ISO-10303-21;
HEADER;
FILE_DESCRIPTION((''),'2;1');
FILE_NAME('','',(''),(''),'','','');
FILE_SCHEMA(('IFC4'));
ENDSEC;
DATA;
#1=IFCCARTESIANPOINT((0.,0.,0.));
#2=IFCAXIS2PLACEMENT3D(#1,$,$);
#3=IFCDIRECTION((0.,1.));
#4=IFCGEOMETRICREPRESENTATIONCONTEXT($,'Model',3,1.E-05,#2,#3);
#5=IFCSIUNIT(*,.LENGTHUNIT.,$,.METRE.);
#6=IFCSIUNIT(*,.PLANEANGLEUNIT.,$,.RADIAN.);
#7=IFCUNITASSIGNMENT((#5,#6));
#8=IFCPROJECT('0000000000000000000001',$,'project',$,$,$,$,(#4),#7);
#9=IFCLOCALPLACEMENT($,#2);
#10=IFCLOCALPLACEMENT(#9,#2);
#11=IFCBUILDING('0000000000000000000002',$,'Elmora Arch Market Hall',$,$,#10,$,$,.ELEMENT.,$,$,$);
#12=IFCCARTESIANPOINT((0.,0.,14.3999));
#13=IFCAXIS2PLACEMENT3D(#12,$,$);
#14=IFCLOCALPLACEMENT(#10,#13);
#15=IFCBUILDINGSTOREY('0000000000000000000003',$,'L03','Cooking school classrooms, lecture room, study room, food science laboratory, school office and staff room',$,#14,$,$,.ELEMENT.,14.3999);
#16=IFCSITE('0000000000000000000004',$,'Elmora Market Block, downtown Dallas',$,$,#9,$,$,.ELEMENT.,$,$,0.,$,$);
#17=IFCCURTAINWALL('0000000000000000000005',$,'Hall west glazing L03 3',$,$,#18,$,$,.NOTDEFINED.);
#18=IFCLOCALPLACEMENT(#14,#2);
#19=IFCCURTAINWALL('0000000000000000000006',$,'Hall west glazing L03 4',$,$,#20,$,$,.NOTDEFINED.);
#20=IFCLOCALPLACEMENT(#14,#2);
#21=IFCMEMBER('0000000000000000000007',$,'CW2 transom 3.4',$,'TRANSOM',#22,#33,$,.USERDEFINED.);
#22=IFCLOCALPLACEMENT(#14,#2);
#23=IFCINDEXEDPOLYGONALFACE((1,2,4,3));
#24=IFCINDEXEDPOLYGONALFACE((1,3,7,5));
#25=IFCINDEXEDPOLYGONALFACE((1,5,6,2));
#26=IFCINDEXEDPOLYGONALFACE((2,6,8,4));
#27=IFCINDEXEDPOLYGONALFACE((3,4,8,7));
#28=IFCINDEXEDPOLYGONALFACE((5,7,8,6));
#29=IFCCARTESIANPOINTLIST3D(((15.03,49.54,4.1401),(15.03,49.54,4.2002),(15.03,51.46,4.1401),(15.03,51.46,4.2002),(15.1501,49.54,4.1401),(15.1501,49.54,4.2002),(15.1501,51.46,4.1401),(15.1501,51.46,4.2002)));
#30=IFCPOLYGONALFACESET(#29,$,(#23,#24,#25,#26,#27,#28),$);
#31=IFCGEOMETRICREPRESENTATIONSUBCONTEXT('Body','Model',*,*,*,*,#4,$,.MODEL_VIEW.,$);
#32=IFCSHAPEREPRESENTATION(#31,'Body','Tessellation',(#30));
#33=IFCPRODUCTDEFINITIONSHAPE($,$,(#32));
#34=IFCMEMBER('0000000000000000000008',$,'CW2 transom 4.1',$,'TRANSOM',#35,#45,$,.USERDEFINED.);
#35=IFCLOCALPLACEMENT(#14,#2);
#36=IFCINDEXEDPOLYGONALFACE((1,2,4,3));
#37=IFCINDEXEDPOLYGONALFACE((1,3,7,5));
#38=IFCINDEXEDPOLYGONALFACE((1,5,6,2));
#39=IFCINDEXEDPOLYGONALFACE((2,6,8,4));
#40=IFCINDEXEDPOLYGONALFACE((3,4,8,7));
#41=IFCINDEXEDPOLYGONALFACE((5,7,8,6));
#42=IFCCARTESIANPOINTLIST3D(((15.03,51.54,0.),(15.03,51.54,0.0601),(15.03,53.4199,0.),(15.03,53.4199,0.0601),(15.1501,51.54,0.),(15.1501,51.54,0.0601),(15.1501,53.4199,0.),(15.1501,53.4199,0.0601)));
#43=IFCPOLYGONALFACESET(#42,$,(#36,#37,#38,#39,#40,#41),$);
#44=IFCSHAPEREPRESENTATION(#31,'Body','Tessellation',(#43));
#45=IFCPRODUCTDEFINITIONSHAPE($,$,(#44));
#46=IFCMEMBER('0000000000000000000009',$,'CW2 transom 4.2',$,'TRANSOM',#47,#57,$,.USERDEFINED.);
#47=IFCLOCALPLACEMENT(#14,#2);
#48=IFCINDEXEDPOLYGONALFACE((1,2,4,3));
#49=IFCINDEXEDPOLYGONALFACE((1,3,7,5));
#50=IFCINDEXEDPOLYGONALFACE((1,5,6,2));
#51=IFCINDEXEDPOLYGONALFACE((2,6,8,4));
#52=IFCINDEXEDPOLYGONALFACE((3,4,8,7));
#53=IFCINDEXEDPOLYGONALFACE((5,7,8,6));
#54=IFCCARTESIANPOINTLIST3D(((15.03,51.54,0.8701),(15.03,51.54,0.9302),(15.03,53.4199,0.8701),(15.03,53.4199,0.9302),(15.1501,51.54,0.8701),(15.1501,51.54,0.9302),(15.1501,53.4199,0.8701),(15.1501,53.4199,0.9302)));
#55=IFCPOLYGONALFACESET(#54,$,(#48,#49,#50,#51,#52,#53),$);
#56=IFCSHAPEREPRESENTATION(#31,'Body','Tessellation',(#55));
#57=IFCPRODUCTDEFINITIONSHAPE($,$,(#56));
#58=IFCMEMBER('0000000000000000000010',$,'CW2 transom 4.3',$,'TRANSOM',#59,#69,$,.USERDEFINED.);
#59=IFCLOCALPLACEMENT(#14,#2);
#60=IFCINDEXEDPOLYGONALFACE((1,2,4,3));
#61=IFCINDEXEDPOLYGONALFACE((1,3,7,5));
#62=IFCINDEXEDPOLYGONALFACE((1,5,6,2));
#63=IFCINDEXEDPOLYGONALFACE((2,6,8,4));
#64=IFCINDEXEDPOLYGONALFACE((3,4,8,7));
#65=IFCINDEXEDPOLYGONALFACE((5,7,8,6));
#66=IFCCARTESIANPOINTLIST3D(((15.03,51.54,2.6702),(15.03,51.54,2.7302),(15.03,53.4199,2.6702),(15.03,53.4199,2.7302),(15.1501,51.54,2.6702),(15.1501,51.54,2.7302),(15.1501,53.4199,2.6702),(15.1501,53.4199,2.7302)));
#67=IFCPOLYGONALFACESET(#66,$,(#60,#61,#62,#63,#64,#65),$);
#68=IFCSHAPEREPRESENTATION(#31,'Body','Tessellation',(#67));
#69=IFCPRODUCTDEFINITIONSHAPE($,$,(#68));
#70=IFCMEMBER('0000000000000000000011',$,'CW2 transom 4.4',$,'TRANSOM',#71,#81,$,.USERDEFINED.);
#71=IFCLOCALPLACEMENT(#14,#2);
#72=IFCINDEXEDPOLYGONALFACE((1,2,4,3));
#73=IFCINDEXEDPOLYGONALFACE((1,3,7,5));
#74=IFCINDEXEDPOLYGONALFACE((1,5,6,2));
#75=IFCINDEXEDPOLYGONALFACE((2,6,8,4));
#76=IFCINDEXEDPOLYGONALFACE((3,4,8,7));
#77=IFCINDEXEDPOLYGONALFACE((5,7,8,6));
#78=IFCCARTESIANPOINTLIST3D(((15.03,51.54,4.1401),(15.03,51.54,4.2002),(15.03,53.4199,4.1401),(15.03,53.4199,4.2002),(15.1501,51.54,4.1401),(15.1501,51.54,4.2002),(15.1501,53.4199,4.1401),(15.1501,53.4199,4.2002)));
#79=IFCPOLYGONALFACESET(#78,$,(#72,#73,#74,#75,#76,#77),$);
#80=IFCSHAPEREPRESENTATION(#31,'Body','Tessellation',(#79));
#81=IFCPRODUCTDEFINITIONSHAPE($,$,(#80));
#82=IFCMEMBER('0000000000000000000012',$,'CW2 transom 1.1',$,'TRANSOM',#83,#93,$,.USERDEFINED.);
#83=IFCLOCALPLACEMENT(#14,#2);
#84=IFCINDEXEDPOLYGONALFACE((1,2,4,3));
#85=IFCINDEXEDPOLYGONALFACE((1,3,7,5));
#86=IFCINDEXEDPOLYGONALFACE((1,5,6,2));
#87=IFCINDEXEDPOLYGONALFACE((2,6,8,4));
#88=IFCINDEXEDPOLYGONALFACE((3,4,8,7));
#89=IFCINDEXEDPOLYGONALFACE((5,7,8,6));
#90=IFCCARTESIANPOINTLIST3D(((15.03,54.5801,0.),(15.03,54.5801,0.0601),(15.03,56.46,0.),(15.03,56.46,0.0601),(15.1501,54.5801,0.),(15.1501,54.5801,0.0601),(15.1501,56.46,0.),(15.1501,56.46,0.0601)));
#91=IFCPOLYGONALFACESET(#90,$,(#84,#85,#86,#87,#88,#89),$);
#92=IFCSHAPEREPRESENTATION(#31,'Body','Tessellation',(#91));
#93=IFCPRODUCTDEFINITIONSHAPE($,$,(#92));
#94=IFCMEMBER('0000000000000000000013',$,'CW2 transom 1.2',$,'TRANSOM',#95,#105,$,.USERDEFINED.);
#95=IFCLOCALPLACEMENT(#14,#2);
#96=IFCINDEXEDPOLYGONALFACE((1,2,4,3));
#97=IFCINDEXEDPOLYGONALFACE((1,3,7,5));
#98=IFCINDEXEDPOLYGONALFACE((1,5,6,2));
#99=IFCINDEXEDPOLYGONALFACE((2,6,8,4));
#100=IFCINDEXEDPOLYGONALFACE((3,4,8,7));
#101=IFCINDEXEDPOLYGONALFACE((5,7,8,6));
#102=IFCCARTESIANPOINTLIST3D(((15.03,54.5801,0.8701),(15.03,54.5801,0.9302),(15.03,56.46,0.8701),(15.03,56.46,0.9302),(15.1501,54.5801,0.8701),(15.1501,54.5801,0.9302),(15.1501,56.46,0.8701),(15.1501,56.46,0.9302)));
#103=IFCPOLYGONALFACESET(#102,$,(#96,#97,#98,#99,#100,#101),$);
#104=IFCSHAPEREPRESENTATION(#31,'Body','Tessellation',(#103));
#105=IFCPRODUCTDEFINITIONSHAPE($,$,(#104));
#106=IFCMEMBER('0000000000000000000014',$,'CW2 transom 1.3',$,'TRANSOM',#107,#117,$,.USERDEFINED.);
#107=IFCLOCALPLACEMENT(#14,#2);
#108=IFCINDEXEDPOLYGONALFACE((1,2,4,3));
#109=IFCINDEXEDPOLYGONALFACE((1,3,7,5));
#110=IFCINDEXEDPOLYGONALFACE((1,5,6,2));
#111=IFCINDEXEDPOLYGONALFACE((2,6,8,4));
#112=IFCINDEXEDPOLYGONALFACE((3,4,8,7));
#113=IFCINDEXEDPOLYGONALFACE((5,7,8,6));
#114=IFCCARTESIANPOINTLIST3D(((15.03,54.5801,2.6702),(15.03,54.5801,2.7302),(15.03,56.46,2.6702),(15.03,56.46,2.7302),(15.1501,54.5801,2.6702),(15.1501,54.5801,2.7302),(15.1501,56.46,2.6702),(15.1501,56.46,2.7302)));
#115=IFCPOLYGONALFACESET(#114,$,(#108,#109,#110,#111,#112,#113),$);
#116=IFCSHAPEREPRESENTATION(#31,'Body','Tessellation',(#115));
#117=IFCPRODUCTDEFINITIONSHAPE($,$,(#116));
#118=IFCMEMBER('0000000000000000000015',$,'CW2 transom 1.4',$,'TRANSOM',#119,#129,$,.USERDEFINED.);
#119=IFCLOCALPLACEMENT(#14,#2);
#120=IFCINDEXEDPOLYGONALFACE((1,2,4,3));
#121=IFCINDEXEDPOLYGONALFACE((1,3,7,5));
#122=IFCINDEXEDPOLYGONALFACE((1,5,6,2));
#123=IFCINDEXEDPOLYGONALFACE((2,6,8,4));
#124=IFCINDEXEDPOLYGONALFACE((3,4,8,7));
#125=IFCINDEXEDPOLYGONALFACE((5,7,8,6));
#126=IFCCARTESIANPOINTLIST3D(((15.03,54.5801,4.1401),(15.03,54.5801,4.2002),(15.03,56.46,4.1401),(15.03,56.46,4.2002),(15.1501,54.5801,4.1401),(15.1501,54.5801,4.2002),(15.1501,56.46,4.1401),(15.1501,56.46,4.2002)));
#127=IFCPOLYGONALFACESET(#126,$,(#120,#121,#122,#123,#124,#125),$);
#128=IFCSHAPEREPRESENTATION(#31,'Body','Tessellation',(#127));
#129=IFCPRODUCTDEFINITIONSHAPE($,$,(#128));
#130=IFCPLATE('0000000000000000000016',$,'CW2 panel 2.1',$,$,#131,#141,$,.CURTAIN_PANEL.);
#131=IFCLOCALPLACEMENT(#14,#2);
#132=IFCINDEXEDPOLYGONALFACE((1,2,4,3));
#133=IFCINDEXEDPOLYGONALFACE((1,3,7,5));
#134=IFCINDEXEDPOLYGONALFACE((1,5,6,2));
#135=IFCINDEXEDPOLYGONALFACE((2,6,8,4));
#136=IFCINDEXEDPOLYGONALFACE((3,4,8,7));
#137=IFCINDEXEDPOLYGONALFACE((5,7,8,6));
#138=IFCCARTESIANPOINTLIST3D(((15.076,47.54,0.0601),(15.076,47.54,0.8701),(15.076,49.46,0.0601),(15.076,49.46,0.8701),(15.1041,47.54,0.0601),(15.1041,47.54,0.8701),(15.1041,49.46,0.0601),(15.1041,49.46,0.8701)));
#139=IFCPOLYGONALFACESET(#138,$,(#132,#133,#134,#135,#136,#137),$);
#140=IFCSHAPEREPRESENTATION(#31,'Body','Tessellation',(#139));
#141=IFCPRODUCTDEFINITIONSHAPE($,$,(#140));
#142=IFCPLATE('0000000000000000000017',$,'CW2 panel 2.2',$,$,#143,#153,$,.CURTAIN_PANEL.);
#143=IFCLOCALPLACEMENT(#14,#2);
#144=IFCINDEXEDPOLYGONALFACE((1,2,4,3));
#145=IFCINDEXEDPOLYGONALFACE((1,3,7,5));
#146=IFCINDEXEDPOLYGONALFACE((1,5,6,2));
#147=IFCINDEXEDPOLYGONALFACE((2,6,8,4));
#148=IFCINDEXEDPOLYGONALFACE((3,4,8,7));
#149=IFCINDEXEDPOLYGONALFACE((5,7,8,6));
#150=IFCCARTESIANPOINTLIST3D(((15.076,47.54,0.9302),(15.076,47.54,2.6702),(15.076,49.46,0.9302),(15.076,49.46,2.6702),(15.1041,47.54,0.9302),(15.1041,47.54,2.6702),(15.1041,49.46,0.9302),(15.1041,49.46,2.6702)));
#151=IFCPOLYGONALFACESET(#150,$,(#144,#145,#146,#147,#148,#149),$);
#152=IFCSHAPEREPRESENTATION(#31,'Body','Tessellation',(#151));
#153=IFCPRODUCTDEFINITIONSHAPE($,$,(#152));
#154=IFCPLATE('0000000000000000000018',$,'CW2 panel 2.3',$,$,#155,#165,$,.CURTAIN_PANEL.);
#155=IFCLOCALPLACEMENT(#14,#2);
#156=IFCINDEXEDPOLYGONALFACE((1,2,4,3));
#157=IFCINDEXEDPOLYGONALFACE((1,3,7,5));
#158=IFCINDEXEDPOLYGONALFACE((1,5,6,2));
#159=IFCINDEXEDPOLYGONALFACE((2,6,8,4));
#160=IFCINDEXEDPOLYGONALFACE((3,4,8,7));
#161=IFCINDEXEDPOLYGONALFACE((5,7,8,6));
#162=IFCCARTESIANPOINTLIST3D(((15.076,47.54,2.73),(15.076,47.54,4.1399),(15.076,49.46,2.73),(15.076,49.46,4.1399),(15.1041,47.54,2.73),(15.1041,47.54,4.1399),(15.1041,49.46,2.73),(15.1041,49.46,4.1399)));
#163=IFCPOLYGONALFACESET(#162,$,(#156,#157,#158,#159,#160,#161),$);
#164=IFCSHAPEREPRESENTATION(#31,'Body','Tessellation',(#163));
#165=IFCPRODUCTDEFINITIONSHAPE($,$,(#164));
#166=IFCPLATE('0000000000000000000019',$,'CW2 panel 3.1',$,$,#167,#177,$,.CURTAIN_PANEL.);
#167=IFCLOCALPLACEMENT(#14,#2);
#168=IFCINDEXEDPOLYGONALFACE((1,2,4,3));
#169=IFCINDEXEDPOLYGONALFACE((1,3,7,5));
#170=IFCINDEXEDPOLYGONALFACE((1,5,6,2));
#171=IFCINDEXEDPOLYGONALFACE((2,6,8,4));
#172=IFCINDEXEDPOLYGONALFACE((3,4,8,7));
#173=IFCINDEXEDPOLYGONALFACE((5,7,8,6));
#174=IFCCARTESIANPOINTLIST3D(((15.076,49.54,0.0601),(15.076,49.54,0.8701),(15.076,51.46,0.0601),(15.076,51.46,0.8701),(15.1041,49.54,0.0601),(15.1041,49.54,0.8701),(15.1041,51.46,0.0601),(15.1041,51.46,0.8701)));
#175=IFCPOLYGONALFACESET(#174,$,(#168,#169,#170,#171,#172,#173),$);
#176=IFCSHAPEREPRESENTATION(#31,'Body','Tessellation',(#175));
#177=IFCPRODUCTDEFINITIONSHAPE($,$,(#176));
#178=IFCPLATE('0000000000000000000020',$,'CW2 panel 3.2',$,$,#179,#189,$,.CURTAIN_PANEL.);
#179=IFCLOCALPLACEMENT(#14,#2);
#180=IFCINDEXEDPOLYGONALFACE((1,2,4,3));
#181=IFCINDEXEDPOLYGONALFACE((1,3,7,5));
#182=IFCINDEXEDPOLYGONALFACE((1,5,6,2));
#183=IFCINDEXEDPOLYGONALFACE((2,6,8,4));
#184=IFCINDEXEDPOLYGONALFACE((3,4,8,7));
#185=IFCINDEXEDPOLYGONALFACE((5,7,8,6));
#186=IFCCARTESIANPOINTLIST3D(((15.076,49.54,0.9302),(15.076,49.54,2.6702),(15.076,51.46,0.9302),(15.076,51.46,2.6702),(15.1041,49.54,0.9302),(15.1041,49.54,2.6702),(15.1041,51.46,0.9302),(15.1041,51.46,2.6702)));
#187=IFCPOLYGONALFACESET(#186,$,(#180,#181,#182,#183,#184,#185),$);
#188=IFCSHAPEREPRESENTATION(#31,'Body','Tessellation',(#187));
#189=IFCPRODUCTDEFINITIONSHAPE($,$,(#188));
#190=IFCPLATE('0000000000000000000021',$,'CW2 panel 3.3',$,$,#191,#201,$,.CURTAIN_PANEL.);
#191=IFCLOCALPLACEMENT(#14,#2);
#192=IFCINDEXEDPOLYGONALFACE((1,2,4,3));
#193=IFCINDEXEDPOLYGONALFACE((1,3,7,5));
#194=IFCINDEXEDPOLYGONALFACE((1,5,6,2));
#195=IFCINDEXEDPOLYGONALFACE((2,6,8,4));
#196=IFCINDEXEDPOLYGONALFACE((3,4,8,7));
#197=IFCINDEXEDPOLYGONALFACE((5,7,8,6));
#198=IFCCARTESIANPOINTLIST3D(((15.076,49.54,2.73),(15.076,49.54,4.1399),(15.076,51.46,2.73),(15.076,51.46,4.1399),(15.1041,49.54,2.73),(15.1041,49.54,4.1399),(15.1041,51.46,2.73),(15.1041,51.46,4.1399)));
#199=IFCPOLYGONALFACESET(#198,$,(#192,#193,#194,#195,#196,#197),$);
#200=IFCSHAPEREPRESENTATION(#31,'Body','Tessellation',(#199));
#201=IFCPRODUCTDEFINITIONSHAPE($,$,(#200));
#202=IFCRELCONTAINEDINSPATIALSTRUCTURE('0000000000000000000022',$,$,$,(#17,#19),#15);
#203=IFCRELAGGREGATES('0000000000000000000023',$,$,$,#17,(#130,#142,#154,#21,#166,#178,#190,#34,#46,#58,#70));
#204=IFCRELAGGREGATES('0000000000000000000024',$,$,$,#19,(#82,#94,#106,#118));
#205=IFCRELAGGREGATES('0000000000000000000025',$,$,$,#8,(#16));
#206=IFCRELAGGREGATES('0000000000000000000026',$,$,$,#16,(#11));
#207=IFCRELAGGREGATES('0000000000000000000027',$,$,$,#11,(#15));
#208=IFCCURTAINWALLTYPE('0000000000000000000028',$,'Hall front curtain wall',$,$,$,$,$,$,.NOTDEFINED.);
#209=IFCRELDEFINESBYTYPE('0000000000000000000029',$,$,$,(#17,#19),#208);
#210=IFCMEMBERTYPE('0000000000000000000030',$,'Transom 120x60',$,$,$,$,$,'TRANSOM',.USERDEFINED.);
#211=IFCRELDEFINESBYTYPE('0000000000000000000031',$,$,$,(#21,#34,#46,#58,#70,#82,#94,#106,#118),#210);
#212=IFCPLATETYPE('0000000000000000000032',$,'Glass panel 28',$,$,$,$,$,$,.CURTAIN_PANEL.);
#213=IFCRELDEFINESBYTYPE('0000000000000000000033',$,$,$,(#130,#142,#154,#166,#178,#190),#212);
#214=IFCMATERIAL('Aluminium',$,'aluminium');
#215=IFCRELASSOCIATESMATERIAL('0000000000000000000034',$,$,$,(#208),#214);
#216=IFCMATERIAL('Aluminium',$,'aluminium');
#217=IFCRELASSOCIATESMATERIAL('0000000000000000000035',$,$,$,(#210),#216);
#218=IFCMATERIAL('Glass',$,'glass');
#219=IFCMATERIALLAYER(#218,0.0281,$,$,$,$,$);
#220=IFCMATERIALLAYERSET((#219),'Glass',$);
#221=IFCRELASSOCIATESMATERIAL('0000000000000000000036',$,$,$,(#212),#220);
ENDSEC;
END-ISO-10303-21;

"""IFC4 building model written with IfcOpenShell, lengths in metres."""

from ifc_helpers import new_model, si_unit, direction, frame, origin, origin_2d, place, context, subcontext, project, spatial, rectangle, extrude, material, layer, layer_set, material_profile, profile_set, type_object, element, aggregate, save


model = new_model("IFC4")

# Units and contexts
model_context = context("Model", 3, precision=1e-05, world=origin(), true_north=direction((0.0, 1.0)))
body_context = subcontext(model_context, "Body", "Model", "MODEL_VIEW")
ifc_project = project(units=[si_unit("LENGTHUNIT", "METRE"), si_unit("PLANEANGLEUNIT", "RADIAN")], contexts=[model_context])

# Site, building, storey
site_placement = place(None, origin())
site = spatial("IfcSite", under=ifc_project, at=site_placement, Name="Elmora Market Block, downtown Dallas", CompositionType="ELEMENT", RefElevation=0.0)
building_placement = place(site_placement, origin())
building = spatial("IfcBuilding", under=site, at=building_placement, Name="Elmora Arch Market Hall", CompositionType="ELEMENT")
storey_placement = place(building_placement, frame((0.0, 0.0, 14.3999)))
storey = spatial("IfcBuildingStorey", under=building, at=storey_placement, Name="L03", Description="Cooking school classrooms, lecture room, study room, food science laboratory, school office and staff room", CompositionType="ELEMENT", Elevation=14.3999)

# Curtain walls
ifc_material_1 = material(Name="Aluminium", Category="aluminium")
curtain_wall_type = type_object("IfcCurtainWallType", Name="Hall front curtain wall", PredefinedType="NOTDEFINED", material=ifc_material_1)
curtain_wall_1_placement = place(storey_placement, origin())
curtain_wall_1 = element("IfcCurtainWall", 1, at=curtain_wall_1_placement, inside=storey, type_object=curtain_wall_type, Name="Hall west glazing L03 3", PredefinedType="NOTDEFINED")
curtain_wall_2_placement = place(storey_placement, origin())
curtain_wall_2 = element("IfcCurtainWall", 2, at=curtain_wall_2_placement, inside=storey, type_object=curtain_wall_type, Name="Hall west glazing L03 4", PredefinedType="NOTDEFINED")

# Members
ifc_material_2 = material(Name="Aluminium", Category="aluminium")
ifc_material_profile_1 = material_profile(ifc_material_2, rectangle(XDim=0.1201, YDim=0.0601, at=origin_2d()), Name="AL 120x60")
ifc_profile_set_1 = profile_set([ifc_material_profile_1], Name="Aluminium")
member_type_1 = type_object("IfcMemberType", Name="Transom 120x60", ElementType="TRANSOM", PredefinedType="USERDEFINED", material=ifc_profile_set_1)
member_1_placement = place(storey_placement, frame((15.0901, 49.54, 4.1702), z_axis=(0.0, 1.0, 0.0), x_axis=(-1.0, 0.0, 0.0)))
member_1 = element("IfcMember", 3, at=member_1_placement, type_object=member_type_1, Name="CW2 transom 3.4", ObjectType="TRANSOM", PredefinedType="USERDEFINED", context=body_context, shape_type="SweptSolid", body=[
    extrude(rectangle(XDim=0.1201, YDim=0.0601, at=origin_2d()), origin(), (0.0, 0.0, 1.0), 1.9199),
])
member_2_placement = place(storey_placement, frame((15.0901, 51.54, 0.03), z_axis=(0.0, 1.0, 0.0), x_axis=(-1.0, 0.0, 0.0)))
member_2 = element("IfcMember", 4, at=member_2_placement, type_object=member_type_1, Name="CW2 transom 4.1", ObjectType="TRANSOM", PredefinedType="USERDEFINED", context=body_context, shape_type="SweptSolid", body=[
    extrude(rectangle(XDim=0.1201, YDim=0.0601, at=origin_2d()), origin(), (0.0, 0.0, 1.0), 1.8799),
])
member_3_placement = place(storey_placement, frame((15.0901, 51.54, 0.9001), z_axis=(0.0, 1.0, 0.0), x_axis=(-1.0, 0.0, 0.0)))
member_3 = element("IfcMember", 5, at=member_3_placement, type_object=member_type_1, Name="CW2 transom 4.2", ObjectType="TRANSOM", PredefinedType="USERDEFINED", context=body_context, shape_type="SweptSolid", body=[
    extrude(rectangle(XDim=0.1201, YDim=0.0601, at=origin_2d()), origin(), (0.0, 0.0, 1.0), 1.8799),
])
member_4_placement = place(storey_placement, frame((15.0901, 51.54, 2.7002), z_axis=(0.0, 1.0, 0.0), x_axis=(-1.0, 0.0, 0.0)))
member_4 = element("IfcMember", 6, at=member_4_placement, type_object=member_type_1, Name="CW2 transom 4.3", ObjectType="TRANSOM", PredefinedType="USERDEFINED", context=body_context, shape_type="SweptSolid", body=[
    extrude(rectangle(XDim=0.1201, YDim=0.0601, at=origin_2d()), origin(), (0.0, 0.0, 1.0), 1.8799),
])
member_5_placement = place(storey_placement, frame((15.0901, 51.54, 4.1702), z_axis=(0.0, 1.0, 0.0), x_axis=(-1.0, 0.0, 0.0)))
member_5 = element("IfcMember", 7, at=member_5_placement, type_object=member_type_1, Name="CW2 transom 4.4", ObjectType="TRANSOM", PredefinedType="USERDEFINED", context=body_context, shape_type="SweptSolid", body=[
    extrude(rectangle(XDim=0.1201, YDim=0.0601, at=origin_2d()), origin(), (0.0, 0.0, 1.0), 1.8799),
])
member_6_placement = place(storey_placement, frame((15.0901, 54.5801, 0.03), z_axis=(0.0, 1.0, 0.0), x_axis=(-1.0, 0.0, 0.0)))
member_6 = element("IfcMember", 8, at=member_6_placement, type_object=member_type_1, Name="CW2 transom 1.1", ObjectType="TRANSOM", PredefinedType="USERDEFINED", context=body_context, shape_type="SweptSolid", body=[
    extrude(rectangle(XDim=0.1201, YDim=0.0601, at=origin_2d()), origin(), (0.0, 0.0, 1.0), 1.8799),
])
member_7_placement = place(storey_placement, frame((15.0901, 54.5801, 0.9001), z_axis=(0.0, 1.0, 0.0), x_axis=(-1.0, 0.0, 0.0)))
member_7 = element("IfcMember", 9, at=member_7_placement, type_object=member_type_1, Name="CW2 transom 1.2", ObjectType="TRANSOM", PredefinedType="USERDEFINED", context=body_context, shape_type="SweptSolid", body=[
    extrude(rectangle(XDim=0.1201, YDim=0.0601, at=origin_2d()), origin(), (0.0, 0.0, 1.0), 1.8799),
])
member_8_placement = place(storey_placement, frame((15.0901, 54.5801, 2.7002), z_axis=(0.0, 1.0, 0.0), x_axis=(-1.0, 0.0, 0.0)))
member_8 = element("IfcMember", 10, at=member_8_placement, type_object=member_type_1, Name="CW2 transom 1.3", ObjectType="TRANSOM", PredefinedType="USERDEFINED", context=body_context, shape_type="SweptSolid", body=[
    extrude(rectangle(XDim=0.1201, YDim=0.0601, at=origin_2d()), origin(), (0.0, 0.0, 1.0), 1.8799),
])
member_9_placement = place(storey_placement, frame((15.0901, 54.5801, 4.1702), z_axis=(0.0, 1.0, 0.0), x_axis=(-1.0, 0.0, 0.0)))
member_9 = element("IfcMember", 11, at=member_9_placement, type_object=member_type_1, Name="CW2 transom 1.4", ObjectType="TRANSOM", PredefinedType="USERDEFINED", context=body_context, shape_type="SweptSolid", body=[
    extrude(rectangle(XDim=0.1201, YDim=0.0601, at=origin_2d()), origin(), (0.0, 0.0, 1.0), 1.8799),
])

# Plates
ifc_material_3 = material(Name="Glass", Category="glass")
ifc_layer = layer(ifc_material_3, 0.0281)
ifc_layer_set = layer_set([ifc_layer], Name="Glass")
plate_type = type_object("IfcPlateType", Name="Glass panel 28", PredefinedType="CURTAIN_PANEL", material=ifc_layer_set)
plate_1_placement = place(storey_placement, frame((15.0901, 48.5, 0.0601), z_axis=(0.0, 0.0, 1.0), x_axis=(0.0, 1.0, 0.0)))
plate_1 = element("IfcPlate", 12, at=plate_1_placement, type_object=plate_type, Name="CW2 panel 2.1", PredefinedType="CURTAIN_PANEL", context=body_context, shape_type="SweptSolid", body=[
    extrude(rectangle(XDim=1.9199, YDim=0.0281, at=origin_2d()), origin(), (0.0, 0.0, 1.0), 0.8101),
])
plate_2_placement = place(storey_placement, frame((15.0901, 48.5, 0.9302), z_axis=(0.0, 0.0, 1.0), x_axis=(0.0, 1.0, 0.0)))
plate_2 = element("IfcPlate", 13, at=plate_2_placement, type_object=plate_type, Name="CW2 panel 2.2", PredefinedType="CURTAIN_PANEL", context=body_context, shape_type="SweptSolid", body=[
    extrude(rectangle(XDim=1.9199, YDim=0.0281, at=origin_2d()), origin(), (0.0, 0.0, 1.0), 1.74),
])
plate_3_placement = place(storey_placement, frame((15.0901, 48.5, 2.73), z_axis=(0.0, 0.0, 1.0), x_axis=(0.0, 1.0, 0.0)))
plate_3 = element("IfcPlate", 14, at=plate_3_placement, type_object=plate_type, Name="CW2 panel 2.3", PredefinedType="CURTAIN_PANEL", context=body_context, shape_type="SweptSolid", body=[
    extrude(rectangle(XDim=1.9199, YDim=0.0281, at=origin_2d()), origin(), (0.0, 0.0, 1.0), 1.4099),
])
plate_4_placement = place(storey_placement, frame((15.0901, 50.5, 0.0601), z_axis=(0.0, 0.0, 1.0), x_axis=(0.0, 1.0, 0.0)))
plate_4 = element("IfcPlate", 15, at=plate_4_placement, type_object=plate_type, Name="CW2 panel 3.1", PredefinedType="CURTAIN_PANEL", context=body_context, shape_type="SweptSolid", body=[
    extrude(rectangle(XDim=1.9199, YDim=0.0281, at=origin_2d()), origin(), (0.0, 0.0, 1.0), 0.8101),
])
plate_5_placement = place(storey_placement, frame((15.0901, 50.5, 0.9302), z_axis=(0.0, 0.0, 1.0), x_axis=(0.0, 1.0, 0.0)))
plate_5 = element("IfcPlate", 16, at=plate_5_placement, type_object=plate_type, Name="CW2 panel 3.2", PredefinedType="CURTAIN_PANEL", context=body_context, shape_type="SweptSolid", body=[
    extrude(rectangle(XDim=1.9199, YDim=0.0281, at=origin_2d()), origin(), (0.0, 0.0, 1.0), 1.74),
])
plate_6_placement = place(storey_placement, frame((15.0901, 50.5, 2.73), z_axis=(0.0, 0.0, 1.0), x_axis=(0.0, 1.0, 0.0)))
plate_6 = element("IfcPlate", 17, at=plate_6_placement, type_object=plate_type, Name="CW2 panel 3.3", PredefinedType="CURTAIN_PANEL", context=body_context, shape_type="SweptSolid", body=[
    extrude(rectangle(XDim=1.9199, YDim=0.0281, at=origin_2d()), origin(), (0.0, 0.0, 1.0), 1.4099),
])
aggregate(curtain_wall_1, [plate_1, plate_2, plate_3, member_1, plate_4, plate_5, plate_6, member_2, member_3, member_4, member_5])
aggregate(curtain_wall_2, [member_6, member_7, member_8, member_9])

save(model, "model.ifc")
